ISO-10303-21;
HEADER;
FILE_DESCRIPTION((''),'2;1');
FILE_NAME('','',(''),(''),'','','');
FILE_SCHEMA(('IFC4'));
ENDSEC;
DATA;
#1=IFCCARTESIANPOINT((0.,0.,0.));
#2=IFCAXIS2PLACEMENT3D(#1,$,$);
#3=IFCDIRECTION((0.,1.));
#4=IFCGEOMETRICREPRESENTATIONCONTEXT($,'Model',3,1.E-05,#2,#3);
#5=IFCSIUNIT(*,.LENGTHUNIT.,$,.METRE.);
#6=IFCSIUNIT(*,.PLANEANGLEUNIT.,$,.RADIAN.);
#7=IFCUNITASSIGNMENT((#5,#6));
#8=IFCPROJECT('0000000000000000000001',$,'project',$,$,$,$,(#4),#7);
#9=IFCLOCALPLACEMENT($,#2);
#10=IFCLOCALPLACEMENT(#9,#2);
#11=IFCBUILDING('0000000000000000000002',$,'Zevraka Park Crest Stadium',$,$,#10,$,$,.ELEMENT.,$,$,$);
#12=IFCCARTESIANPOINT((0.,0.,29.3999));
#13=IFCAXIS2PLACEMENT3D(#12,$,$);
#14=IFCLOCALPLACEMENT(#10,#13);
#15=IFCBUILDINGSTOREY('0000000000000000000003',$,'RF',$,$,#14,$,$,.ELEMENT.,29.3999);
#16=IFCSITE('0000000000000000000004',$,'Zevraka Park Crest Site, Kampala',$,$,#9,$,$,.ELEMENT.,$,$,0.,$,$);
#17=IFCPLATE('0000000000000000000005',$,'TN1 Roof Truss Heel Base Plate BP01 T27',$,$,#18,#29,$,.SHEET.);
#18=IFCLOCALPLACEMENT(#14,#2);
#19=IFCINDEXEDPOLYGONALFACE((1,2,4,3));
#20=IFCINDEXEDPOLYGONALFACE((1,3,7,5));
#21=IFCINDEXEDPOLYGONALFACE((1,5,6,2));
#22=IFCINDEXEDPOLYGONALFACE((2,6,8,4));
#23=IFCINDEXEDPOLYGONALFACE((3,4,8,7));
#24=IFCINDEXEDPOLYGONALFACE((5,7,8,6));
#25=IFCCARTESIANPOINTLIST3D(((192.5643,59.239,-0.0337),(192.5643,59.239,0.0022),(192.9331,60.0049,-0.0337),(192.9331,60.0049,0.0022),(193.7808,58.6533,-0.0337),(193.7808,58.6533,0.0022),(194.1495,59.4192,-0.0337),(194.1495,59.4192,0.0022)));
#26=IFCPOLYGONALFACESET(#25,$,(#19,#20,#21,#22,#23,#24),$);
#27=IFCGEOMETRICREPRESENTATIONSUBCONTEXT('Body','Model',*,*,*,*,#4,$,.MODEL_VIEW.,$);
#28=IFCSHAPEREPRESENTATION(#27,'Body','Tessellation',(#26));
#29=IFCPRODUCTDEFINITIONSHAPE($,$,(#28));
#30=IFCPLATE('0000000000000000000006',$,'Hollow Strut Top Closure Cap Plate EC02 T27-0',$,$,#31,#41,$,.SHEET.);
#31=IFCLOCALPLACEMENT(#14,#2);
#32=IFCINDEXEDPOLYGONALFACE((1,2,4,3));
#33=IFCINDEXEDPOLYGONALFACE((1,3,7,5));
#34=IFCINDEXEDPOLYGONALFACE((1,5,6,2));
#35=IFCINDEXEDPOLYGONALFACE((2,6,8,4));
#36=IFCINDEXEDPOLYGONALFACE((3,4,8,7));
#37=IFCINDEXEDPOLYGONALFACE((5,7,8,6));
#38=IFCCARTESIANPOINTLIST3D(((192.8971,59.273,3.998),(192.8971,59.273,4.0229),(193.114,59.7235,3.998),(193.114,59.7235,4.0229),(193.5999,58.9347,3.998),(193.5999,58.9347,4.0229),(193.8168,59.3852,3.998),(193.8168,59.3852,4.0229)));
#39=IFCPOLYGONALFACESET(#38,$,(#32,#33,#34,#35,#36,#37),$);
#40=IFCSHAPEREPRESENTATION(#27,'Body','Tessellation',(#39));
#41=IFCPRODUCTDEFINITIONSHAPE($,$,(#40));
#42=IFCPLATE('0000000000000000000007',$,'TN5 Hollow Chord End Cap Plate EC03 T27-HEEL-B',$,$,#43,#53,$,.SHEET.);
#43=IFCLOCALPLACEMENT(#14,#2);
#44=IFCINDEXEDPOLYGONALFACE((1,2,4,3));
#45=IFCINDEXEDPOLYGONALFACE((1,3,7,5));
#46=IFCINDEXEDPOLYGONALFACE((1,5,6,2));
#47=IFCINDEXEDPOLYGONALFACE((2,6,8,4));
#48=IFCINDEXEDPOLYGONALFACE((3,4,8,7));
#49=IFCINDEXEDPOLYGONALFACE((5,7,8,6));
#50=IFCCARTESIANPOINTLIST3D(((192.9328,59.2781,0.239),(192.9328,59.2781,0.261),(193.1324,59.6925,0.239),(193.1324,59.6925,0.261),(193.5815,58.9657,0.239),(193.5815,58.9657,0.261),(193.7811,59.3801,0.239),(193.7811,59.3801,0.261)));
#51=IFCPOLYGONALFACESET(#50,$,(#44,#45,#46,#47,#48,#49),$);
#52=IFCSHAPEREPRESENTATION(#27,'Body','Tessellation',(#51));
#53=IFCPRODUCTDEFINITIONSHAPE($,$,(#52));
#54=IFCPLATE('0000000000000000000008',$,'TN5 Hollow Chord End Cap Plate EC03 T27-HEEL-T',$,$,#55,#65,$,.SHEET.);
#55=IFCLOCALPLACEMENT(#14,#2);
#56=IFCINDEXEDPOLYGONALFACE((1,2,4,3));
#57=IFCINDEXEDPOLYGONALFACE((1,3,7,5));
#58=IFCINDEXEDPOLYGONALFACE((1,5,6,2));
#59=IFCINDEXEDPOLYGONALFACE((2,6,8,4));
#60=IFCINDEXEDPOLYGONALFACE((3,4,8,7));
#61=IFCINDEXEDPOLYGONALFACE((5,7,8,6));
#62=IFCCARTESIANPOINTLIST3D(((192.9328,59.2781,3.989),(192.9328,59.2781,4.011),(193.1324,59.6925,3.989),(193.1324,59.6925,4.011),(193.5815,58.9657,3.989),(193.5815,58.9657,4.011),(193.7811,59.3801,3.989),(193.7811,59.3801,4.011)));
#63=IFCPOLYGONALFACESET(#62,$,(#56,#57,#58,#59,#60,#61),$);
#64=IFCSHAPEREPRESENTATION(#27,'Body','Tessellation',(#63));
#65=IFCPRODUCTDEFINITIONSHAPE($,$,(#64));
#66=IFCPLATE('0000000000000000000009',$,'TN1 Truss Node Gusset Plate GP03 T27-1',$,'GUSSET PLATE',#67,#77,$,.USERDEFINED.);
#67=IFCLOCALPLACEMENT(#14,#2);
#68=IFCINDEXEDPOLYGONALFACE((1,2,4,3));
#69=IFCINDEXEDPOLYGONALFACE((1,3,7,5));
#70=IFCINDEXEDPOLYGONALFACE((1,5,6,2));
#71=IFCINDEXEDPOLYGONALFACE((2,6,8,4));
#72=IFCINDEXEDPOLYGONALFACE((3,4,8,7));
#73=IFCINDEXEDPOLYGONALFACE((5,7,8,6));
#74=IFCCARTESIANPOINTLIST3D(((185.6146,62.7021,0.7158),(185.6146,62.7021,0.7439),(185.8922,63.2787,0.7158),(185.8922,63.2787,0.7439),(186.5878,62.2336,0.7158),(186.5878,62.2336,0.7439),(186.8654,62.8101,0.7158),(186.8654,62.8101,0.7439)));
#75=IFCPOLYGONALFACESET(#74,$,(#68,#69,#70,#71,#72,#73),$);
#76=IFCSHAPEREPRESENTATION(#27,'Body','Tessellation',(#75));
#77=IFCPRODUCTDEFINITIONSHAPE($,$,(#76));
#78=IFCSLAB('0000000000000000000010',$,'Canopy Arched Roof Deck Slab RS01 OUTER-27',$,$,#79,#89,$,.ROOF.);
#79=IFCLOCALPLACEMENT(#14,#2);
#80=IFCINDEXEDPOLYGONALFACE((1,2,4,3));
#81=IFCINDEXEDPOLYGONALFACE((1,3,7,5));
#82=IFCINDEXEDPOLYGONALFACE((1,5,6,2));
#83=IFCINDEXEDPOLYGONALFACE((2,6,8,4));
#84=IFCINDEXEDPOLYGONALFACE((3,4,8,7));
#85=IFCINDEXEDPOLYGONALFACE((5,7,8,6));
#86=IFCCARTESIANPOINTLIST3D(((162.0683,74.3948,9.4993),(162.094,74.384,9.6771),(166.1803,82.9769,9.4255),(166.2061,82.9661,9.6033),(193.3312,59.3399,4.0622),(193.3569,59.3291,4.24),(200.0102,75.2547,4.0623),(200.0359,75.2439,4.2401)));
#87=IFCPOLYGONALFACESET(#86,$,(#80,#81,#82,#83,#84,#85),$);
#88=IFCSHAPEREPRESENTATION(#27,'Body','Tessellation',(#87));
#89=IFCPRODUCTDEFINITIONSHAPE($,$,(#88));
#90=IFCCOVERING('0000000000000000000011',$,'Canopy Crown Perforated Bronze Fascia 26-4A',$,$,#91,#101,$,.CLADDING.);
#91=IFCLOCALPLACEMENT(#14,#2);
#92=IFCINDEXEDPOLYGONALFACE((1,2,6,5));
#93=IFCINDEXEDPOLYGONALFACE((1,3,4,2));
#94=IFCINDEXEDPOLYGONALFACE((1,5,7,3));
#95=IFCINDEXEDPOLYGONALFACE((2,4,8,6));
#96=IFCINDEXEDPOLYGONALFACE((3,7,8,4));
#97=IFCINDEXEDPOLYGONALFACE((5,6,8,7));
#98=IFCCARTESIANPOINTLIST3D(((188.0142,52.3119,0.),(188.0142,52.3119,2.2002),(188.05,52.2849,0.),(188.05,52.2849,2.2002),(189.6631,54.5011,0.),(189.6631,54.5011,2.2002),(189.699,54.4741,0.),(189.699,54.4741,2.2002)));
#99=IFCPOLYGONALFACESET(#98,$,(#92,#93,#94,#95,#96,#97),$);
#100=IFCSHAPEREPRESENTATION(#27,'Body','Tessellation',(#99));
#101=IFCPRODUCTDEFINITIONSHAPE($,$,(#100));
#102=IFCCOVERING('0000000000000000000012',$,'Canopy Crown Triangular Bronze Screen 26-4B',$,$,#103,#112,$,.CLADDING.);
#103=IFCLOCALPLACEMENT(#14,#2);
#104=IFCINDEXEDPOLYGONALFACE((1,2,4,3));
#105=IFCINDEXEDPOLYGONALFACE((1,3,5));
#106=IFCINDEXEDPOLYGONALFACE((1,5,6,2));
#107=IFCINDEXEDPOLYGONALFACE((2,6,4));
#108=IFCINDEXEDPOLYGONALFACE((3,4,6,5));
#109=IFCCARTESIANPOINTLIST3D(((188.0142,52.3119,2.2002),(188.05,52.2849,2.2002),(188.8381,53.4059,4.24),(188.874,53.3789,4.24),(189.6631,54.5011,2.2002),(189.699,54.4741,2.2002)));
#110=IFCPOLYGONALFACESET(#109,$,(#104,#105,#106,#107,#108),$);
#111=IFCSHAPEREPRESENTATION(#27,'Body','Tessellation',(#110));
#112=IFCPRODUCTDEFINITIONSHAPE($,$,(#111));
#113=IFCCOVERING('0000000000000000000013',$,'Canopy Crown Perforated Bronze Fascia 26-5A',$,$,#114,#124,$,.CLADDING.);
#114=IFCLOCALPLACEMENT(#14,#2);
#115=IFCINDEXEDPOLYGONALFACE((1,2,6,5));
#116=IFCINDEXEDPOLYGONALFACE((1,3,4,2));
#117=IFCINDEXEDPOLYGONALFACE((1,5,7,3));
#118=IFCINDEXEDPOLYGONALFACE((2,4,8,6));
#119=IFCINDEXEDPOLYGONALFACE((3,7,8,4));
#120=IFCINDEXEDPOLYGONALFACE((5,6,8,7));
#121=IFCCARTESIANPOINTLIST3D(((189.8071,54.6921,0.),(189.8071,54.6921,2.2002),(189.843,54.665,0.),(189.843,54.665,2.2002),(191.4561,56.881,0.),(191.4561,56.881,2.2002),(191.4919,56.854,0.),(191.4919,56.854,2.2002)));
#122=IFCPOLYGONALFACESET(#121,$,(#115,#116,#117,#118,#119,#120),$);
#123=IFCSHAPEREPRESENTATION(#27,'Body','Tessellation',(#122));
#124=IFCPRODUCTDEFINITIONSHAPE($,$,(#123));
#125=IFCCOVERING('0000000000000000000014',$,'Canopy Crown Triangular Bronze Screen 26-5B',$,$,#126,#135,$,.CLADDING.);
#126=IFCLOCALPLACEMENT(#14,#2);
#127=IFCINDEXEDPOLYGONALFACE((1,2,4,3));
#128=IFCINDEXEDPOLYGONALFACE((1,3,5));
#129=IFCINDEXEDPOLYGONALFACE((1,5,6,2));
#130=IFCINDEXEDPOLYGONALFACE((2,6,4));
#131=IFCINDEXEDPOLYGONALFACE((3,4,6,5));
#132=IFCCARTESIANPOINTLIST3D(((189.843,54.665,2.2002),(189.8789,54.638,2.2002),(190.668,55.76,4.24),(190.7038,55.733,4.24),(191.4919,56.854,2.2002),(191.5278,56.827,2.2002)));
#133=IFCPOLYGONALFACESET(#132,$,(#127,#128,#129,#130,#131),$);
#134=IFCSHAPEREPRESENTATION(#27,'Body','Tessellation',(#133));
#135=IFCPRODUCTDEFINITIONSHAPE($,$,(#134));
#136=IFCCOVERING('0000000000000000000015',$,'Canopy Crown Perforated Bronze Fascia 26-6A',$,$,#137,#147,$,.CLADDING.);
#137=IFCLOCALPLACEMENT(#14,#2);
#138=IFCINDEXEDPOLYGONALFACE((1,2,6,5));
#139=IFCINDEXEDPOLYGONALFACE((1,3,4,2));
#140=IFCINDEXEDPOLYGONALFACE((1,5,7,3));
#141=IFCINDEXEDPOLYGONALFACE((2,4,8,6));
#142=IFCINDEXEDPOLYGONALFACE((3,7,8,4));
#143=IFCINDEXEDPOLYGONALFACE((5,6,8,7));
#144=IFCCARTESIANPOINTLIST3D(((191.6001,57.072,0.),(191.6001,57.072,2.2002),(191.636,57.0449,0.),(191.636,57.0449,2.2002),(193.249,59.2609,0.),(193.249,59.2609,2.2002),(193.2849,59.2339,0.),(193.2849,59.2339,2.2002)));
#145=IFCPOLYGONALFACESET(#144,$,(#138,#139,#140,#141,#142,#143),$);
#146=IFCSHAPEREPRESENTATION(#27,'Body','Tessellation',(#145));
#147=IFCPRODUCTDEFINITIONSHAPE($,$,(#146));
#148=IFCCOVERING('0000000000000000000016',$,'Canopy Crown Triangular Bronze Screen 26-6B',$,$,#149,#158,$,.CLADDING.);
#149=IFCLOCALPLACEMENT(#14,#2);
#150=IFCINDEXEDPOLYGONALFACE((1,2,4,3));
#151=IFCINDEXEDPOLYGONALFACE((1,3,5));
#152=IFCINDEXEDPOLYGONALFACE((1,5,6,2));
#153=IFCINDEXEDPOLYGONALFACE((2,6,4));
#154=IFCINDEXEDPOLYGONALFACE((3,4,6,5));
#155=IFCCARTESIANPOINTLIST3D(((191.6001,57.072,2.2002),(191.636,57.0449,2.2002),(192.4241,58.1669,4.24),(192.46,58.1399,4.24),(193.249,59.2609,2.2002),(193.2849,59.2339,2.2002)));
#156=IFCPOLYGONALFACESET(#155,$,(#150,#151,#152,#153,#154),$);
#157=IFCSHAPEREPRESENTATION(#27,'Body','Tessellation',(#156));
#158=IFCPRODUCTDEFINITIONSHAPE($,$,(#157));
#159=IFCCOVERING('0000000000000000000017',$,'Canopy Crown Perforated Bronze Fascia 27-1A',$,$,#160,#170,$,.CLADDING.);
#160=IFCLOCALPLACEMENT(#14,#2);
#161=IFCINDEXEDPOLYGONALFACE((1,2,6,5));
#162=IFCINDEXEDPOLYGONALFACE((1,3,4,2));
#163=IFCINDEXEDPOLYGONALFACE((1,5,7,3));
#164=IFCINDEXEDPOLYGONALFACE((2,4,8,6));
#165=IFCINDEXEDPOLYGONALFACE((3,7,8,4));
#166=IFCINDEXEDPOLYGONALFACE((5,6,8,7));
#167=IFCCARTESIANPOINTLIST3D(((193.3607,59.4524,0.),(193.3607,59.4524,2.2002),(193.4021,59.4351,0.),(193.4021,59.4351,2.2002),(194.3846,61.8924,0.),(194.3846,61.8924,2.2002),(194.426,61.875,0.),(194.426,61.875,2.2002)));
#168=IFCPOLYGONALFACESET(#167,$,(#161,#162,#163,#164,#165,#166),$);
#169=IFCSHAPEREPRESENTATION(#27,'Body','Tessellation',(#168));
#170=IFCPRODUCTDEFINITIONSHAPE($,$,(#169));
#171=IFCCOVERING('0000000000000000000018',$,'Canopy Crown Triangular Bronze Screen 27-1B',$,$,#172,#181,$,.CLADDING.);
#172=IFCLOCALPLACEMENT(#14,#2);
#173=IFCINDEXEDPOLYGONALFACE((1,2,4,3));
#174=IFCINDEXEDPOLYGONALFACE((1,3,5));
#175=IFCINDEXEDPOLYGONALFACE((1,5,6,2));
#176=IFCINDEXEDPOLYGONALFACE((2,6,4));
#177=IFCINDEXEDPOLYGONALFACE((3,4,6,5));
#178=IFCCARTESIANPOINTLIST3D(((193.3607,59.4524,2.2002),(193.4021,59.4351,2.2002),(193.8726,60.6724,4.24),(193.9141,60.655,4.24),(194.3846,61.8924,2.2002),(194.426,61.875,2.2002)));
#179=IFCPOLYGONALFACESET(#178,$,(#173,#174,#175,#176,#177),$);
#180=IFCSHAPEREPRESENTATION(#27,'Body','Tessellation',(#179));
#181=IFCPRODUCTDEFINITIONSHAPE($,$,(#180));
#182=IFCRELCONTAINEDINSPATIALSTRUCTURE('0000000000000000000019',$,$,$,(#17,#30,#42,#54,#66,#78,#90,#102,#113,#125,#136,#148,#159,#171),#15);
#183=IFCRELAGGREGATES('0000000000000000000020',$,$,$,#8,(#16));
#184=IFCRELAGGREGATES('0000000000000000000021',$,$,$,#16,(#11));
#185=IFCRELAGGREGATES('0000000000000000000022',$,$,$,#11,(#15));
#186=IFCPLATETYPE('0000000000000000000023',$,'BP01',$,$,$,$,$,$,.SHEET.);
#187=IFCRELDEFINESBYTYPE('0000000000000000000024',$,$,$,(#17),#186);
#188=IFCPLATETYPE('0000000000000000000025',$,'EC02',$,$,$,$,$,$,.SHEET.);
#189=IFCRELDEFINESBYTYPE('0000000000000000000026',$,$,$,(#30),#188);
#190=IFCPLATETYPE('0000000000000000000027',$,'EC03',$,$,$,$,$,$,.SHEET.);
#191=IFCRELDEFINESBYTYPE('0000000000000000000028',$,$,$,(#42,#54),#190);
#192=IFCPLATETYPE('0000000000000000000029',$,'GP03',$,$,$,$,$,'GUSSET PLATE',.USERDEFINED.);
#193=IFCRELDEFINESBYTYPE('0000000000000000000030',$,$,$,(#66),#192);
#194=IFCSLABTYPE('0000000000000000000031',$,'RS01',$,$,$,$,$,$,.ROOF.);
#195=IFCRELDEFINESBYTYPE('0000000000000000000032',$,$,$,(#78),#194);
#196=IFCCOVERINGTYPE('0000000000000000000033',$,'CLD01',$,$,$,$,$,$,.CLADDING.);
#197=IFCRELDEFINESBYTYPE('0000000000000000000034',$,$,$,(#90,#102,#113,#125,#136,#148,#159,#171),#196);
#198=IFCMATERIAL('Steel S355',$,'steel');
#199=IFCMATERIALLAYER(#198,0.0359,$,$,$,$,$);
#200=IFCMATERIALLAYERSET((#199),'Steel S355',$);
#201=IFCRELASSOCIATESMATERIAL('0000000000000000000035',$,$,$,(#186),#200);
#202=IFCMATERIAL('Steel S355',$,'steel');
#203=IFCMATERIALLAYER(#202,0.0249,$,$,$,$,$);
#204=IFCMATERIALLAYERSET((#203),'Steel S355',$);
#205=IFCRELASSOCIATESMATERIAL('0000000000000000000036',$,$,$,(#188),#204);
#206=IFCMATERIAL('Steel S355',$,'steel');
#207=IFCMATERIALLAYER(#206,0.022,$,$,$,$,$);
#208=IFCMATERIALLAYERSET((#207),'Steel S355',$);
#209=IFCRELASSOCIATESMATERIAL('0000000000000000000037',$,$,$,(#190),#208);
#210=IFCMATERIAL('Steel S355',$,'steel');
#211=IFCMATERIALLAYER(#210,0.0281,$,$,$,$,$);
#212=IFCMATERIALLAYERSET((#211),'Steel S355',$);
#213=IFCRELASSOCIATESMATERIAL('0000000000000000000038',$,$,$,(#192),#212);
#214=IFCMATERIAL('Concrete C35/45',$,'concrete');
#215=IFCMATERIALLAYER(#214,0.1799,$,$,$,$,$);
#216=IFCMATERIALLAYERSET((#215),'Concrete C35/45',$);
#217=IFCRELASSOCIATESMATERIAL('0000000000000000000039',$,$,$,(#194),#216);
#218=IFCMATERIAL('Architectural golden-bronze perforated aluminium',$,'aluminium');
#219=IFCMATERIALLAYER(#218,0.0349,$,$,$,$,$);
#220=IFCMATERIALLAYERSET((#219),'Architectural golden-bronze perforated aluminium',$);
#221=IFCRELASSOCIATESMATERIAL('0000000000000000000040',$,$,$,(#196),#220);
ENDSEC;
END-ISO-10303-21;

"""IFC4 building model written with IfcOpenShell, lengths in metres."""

from ifc_helpers import new_model, si_unit, direction, frame, origin, origin_2d, place, context, subcontext, project, spatial, polyline, rectangle, outline, extrude, material, layer, layer_set, type_object, element, save


model = new_model("IFC4")

# Units and contexts
model_context = context("Model", 3, precision=1e-05, world=origin(), true_north=direction((0.0, 1.0)))
body_context = subcontext(model_context, "Body", "Model", "MODEL_VIEW")
ifc_project = project(units=[si_unit("LENGTHUNIT", "METRE"), si_unit("PLANEANGLEUNIT", "RADIAN")], contexts=[model_context])

# Site, building, storey
site_placement = place(None, origin())
site = spatial("IfcSite", under=ifc_project, at=site_placement, Name="Zevraka Park Crest Site, Kampala", CompositionType="ELEMENT", RefElevation=0.0)
building_placement = place(site_placement, origin())
building = spatial("IfcBuilding", under=site, at=building_placement, Name="Zevraka Park Crest Stadium", CompositionType="ELEMENT")
storey_placement = place(building_placement, frame((0.0, 0.0, 29.3999)))
storey = spatial("IfcBuildingStorey", under=building, at=storey_placement, Name="RF", CompositionType="ELEMENT", Elevation=29.3999)

# Plates
ifc_material_1 = material(Name="Steel S355", Category="steel")
ifc_layer_1 = layer(ifc_material_1, 0.0359)
ifc_layer_set_1 = layer_set([ifc_layer_1], Name="Steel S355")
plate_type_1 = type_object("IfcPlateType", Name="BP01", PredefinedType="SHEET", material=ifc_layer_set_1)
plate_1_placement = place(storey_placement, frame((193.3569, 59.3291, -0.0337), z_axis=(0.0, 0.0, 1.0), x_axis=(-0.901001, 0.433816, 0.0)))
element("IfcPlate", 1, at=plate_1_placement, inside=storey, type_object=plate_type_1, Name="TN1 Roof Truss Heel Base Plate BP01 T27", PredefinedType="SHEET", context=body_context, shape_type="SweptSolid", body=[
    extrude(rectangle(XDim=1.3501, YDim=0.8501, at=origin_2d()), origin(), (0.0, 0.0, 1.0), 0.0359),
])
ifc_material_2 = material(Name="Steel S355", Category="steel")
ifc_layer_2 = layer(ifc_material_2, 0.0249)
ifc_layer_set_2 = layer_set([ifc_layer_2], Name="Steel S355")
plate_type_2 = type_object("IfcPlateType", Name="EC02", PredefinedType="SHEET", material=ifc_layer_set_2)
plate_2_placement = place(storey_placement, frame((193.3569, 59.3291, 3.998), z_axis=(0.0, 0.0, 1.0), x_axis=(-0.901001, 0.433816, 0.0)))
element("IfcPlate", 2, at=plate_2_placement, inside=storey, type_object=plate_type_2, Name="Hollow Strut Top Closure Cap Plate EC02 T27-0", PredefinedType="SHEET", context=body_context, shape_type="SweptSolid", body=[
    extrude(rectangle(XDim=0.78, YDim=0.5, at=origin_2d()), origin(), (0.0, 0.0, 1.0), 0.0249),
])
ifc_material_3 = material(Name="Steel S355", Category="steel")
ifc_layer_3 = layer(ifc_material_3, 0.022)
ifc_layer_set_3 = layer_set([ifc_layer_3], Name="Steel S355")
plate_type_3 = type_object("IfcPlateType", Name="EC03", PredefinedType="SHEET", material=ifc_layer_set_3)
for number, where, z_axis, x_axis, name in (
    (3, (193.3569, 59.3291, 0.239), (0.0, 0.0, 1.0), (-0.901001, 0.433816, 0.0), "TN5 Hollow Chord End Cap Plate EC03 T27-HEEL-B"),
    (4, (193.3569, 59.3291, 3.989), (0.0, 0.0, 1.0), (-0.901001, 0.433816, 0.0), "TN5 Hollow Chord End Cap Plate EC03 T27-HEEL-T"),
):
    element("IfcPlate", number, at=place(storey_placement, frame(where, z_axis=z_axis, x_axis=x_axis)), inside=storey, type_object=plate_type_3, Name=name, PredefinedType="SHEET", context=body_context, shape_type="SweptSolid", body=[
        extrude(rectangle(XDim=0.72, YDim=0.46, at=origin_2d()), origin(), (0.0, 0.0, 1.0), 0.022),
    ])
ifc_material_4 = material(Name="Steel S355", Category="steel")
ifc_layer_4 = layer(ifc_material_4, 0.0281)
ifc_layer_set_4 = layer_set([ifc_layer_4], Name="Steel S355")
plate_type_4 = type_object("IfcPlateType", Name="GP03", ElementType="GUSSET PLATE", PredefinedType="USERDEFINED", material=ifc_layer_set_4)
plate_3_placement = place(storey_placement, frame((186.24, 62.7561, 0.7158), z_axis=(0.0, 0.0, 1.0), x_axis=(-0.901001, 0.433816, 0.0)))
element("IfcPlate", 5, at=plate_3_placement, inside=storey, type_object=plate_type_4, Name="TN1 Truss Node Gusset Plate GP03 T27-1", ObjectType="GUSSET PLATE", PredefinedType="USERDEFINED", context=body_context, shape_type="SweptSolid", body=[
    extrude(rectangle(XDim=1.0801, YDim=0.6399, at=origin_2d()), origin(), (0.0, 0.0, 1.0), 0.0281),
])

# Slab
ifc_material_5 = material(Name="Concrete C35/45", Category="concrete")
ifc_layer_5 = layer(ifc_material_5, 0.1799)
ifc_layer_set_5 = layer_set([ifc_layer_5], Name="Concrete C35/45")
slab_type = type_object("IfcSlabType", Name="RS01", PredefinedType="ROOF", material=ifc_layer_set_5)
slab_placement = place(storey_placement, frame((193.3569, 59.3291, 4.24), z_axis=(0.142926, -0.059986, 0.987914), x_axis=(0.386974, 0.922091, 0.000004)))
element("IfcSlab", 6, at=slab_placement, inside=storey, type_object=slab_type, Name="Canopy Arched Roof Deck Slab RS01 OUTER-27", PredefinedType="ROOF", context=body_context, shape_type="SweptSolid", body=[
    extrude(outline(polyline([(0.0, 0.0), (17.2595, 0.0), (11.2888, 34.6007), (1.7841, 35.0771), (0.0, 0.0)])), origin(), (0.0, 0.0, -1.0), 0.1799),
])

# Coverings
ifc_material_6 = material(Name="Architectural golden-bronze perforated aluminium", Category="aluminium")
ifc_layer_6 = layer(ifc_material_6, 0.0349)
ifc_layer_set_6 = layer_set([ifc_layer_6], Name="Architectural golden-bronze perforated aluminium")
covering_type_1 = type_object("IfcCoveringType", Name="CLD01", PredefinedType="CLADDING", material=ifc_layer_set_6)
covering_1_placement = place(storey_placement, frame((188.05, 52.2849, 0.0), z_axis=(0.798769, -0.601638, 0.0), x_axis=(0.601638, 0.798769, 0.0)))
element("IfcCovering", 7, at=covering_1_placement, inside=storey, type_object=covering_type_1, Name="Canopy Crown Perforated Bronze Fascia 26-4A", PredefinedType="CLADDING", context=body_context, shape_type="SweptSolid", body=[
    extrude(outline(polyline([(0.0, 0.0), (2.7407, 0.0), (2.7407, 2.2002), (0.0, 2.2002), (0.0, 0.0)])), origin(), (0.0, 0.0, -1.0), 0.0449),
])
covering_2_placement = place(storey_placement, frame((188.05, 52.2849, 2.2002), z_axis=(0.798769, -0.601638, 0.000011), x_axis=(0.601638, 0.798769, 0.0)))
element("IfcCovering", 8, at=covering_2_placement, inside=storey, type_object=covering_type_1, Name="Canopy Crown Triangular Bronze Screen 26-4B", PredefinedType="CLADDING", context=body_context, shape_type="SweptSolid", body=[
    extrude(outline(polyline([(0.0, 0.0), (2.7407, 0.0), (1.3696, 2.0398), (0.0, 0.0)])), origin(), (0.0, 0.0, -1.0), 0.0449),
])
covering_3_placement = place(storey_placement, frame((189.843, 54.665, 0.0), z_axis=(0.798737, -0.601681, 0.0), x_axis=(0.601681, 0.798737, 0.0)))
element("IfcCovering", 9, at=covering_3_placement, inside=storey, type_object=covering_type_1, Name="Canopy Crown Perforated Bronze Fascia 26-5A", PredefinedType="CLADDING", context=body_context, shape_type="SweptSolid", body=[
    extrude(outline(polyline([(0.0, 0.0), (2.7405, 0.0), (2.7405, 2.2002), (0.0, 2.2002), (0.0, 0.0)])), origin(), (0.0, 0.0, -1.0), 0.0449),
])
covering_4_placement = place(storey_placement, frame((189.843, 54.665, 2.2002), z_axis=(-0.798737, 0.601681, 0.000047), x_axis=(0.601681, 0.798737, 0.0)))
element("IfcCovering", 10, at=covering_4_placement, inside=storey, type_object=covering_type_1, Name="Canopy Crown Triangular Bronze Screen 26-5B", PredefinedType="CLADDING", context=body_context, shape_type="SweptSolid", body=[
    extrude(outline(polyline([(0.0, 0.0), (2.7405, 0.0), (1.371, -2.0398), (0.0, 0.0)])), origin(), (0.0, 0.0, -1.0), 0.0449),
])
covering_5_placement = place(storey_placement, frame((191.636, 57.0449, 0.0), z_axis=(0.798737, -0.601681, 0.0), x_axis=(0.601681, 0.798737, 0.0)))
element("IfcCovering", 11, at=covering_5_placement, inside=storey, type_object=covering_type_1, Name="Canopy Crown Perforated Bronze Fascia 26-6A", PredefinedType="CLADDING", context=body_context, shape_type="SweptSolid", body=[
    extrude(outline(polyline([(0.0, 0.0), (2.7405, 0.0), (2.7405, 2.2002), (0.0, 2.2002), (0.0, 0.0)])), origin(), (0.0, 0.0, -1.0), 0.0449),
])
covering_6_placement = place(storey_placement, frame((191.636, 57.0449, 2.2002), z_axis=(0.798737, -0.601681, 0.000335), x_axis=(0.601681, 0.798737, 0.0)))
element("IfcCovering", 12, at=covering_6_placement, inside=storey, type_object=covering_type_1, Name="Canopy Crown Triangular Bronze Screen 26-6B", PredefinedType="CLADDING", context=body_context, shape_type="SweptSolid", body=[
    extrude(outline(polyline([(0.0, 0.0), (2.7405, 0.0), (1.3704, 2.0398), (0.0, 0.0)])), origin(), (0.0, 0.0, -1.0), 0.0449),
])
covering_7_placement = place(storey_placement, frame((193.4021, 59.4351, 0.0), z_axis=(0.922097, -0.38696, 0.0), x_axis=(0.38696, 0.922097, 0.0)))
element("IfcCovering", 13, at=covering_7_placement, inside=storey, type_object=covering_type_1, Name="Canopy Crown Perforated Bronze Fascia 27-1A", PredefinedType="CLADDING", context=body_context, shape_type="SweptSolid", body=[
    extrude(outline(polyline([(0.0, 0.0), (2.6461, 0.0), (2.6461, 2.2002), (0.0, 2.2002), (0.0, 0.0)])), origin(), (0.0, 0.0, -1.0), 0.0449),
])
covering_8_placement = place(storey_placement, frame((193.4021, 59.4351, 2.2002), z_axis=(0.922097, -0.38696, 0.0), x_axis=(0.38696, 0.922097, 0.0)))
element("IfcCovering", 14, at=covering_8_placement, inside=storey, type_object=covering_type_1, Name="Canopy Crown Triangular Bronze Screen 27-1B", PredefinedType="CLADDING", context=body_context, shape_type="SweptSolid", body=[
    extrude(outline(polyline([(0.0, 0.0), (2.6461, 0.0), (1.323, 2.0398), (0.0, 0.0)])), origin(), (0.0, 0.0, -1.0), 0.0449),
])

save(model, "model.ifc")
